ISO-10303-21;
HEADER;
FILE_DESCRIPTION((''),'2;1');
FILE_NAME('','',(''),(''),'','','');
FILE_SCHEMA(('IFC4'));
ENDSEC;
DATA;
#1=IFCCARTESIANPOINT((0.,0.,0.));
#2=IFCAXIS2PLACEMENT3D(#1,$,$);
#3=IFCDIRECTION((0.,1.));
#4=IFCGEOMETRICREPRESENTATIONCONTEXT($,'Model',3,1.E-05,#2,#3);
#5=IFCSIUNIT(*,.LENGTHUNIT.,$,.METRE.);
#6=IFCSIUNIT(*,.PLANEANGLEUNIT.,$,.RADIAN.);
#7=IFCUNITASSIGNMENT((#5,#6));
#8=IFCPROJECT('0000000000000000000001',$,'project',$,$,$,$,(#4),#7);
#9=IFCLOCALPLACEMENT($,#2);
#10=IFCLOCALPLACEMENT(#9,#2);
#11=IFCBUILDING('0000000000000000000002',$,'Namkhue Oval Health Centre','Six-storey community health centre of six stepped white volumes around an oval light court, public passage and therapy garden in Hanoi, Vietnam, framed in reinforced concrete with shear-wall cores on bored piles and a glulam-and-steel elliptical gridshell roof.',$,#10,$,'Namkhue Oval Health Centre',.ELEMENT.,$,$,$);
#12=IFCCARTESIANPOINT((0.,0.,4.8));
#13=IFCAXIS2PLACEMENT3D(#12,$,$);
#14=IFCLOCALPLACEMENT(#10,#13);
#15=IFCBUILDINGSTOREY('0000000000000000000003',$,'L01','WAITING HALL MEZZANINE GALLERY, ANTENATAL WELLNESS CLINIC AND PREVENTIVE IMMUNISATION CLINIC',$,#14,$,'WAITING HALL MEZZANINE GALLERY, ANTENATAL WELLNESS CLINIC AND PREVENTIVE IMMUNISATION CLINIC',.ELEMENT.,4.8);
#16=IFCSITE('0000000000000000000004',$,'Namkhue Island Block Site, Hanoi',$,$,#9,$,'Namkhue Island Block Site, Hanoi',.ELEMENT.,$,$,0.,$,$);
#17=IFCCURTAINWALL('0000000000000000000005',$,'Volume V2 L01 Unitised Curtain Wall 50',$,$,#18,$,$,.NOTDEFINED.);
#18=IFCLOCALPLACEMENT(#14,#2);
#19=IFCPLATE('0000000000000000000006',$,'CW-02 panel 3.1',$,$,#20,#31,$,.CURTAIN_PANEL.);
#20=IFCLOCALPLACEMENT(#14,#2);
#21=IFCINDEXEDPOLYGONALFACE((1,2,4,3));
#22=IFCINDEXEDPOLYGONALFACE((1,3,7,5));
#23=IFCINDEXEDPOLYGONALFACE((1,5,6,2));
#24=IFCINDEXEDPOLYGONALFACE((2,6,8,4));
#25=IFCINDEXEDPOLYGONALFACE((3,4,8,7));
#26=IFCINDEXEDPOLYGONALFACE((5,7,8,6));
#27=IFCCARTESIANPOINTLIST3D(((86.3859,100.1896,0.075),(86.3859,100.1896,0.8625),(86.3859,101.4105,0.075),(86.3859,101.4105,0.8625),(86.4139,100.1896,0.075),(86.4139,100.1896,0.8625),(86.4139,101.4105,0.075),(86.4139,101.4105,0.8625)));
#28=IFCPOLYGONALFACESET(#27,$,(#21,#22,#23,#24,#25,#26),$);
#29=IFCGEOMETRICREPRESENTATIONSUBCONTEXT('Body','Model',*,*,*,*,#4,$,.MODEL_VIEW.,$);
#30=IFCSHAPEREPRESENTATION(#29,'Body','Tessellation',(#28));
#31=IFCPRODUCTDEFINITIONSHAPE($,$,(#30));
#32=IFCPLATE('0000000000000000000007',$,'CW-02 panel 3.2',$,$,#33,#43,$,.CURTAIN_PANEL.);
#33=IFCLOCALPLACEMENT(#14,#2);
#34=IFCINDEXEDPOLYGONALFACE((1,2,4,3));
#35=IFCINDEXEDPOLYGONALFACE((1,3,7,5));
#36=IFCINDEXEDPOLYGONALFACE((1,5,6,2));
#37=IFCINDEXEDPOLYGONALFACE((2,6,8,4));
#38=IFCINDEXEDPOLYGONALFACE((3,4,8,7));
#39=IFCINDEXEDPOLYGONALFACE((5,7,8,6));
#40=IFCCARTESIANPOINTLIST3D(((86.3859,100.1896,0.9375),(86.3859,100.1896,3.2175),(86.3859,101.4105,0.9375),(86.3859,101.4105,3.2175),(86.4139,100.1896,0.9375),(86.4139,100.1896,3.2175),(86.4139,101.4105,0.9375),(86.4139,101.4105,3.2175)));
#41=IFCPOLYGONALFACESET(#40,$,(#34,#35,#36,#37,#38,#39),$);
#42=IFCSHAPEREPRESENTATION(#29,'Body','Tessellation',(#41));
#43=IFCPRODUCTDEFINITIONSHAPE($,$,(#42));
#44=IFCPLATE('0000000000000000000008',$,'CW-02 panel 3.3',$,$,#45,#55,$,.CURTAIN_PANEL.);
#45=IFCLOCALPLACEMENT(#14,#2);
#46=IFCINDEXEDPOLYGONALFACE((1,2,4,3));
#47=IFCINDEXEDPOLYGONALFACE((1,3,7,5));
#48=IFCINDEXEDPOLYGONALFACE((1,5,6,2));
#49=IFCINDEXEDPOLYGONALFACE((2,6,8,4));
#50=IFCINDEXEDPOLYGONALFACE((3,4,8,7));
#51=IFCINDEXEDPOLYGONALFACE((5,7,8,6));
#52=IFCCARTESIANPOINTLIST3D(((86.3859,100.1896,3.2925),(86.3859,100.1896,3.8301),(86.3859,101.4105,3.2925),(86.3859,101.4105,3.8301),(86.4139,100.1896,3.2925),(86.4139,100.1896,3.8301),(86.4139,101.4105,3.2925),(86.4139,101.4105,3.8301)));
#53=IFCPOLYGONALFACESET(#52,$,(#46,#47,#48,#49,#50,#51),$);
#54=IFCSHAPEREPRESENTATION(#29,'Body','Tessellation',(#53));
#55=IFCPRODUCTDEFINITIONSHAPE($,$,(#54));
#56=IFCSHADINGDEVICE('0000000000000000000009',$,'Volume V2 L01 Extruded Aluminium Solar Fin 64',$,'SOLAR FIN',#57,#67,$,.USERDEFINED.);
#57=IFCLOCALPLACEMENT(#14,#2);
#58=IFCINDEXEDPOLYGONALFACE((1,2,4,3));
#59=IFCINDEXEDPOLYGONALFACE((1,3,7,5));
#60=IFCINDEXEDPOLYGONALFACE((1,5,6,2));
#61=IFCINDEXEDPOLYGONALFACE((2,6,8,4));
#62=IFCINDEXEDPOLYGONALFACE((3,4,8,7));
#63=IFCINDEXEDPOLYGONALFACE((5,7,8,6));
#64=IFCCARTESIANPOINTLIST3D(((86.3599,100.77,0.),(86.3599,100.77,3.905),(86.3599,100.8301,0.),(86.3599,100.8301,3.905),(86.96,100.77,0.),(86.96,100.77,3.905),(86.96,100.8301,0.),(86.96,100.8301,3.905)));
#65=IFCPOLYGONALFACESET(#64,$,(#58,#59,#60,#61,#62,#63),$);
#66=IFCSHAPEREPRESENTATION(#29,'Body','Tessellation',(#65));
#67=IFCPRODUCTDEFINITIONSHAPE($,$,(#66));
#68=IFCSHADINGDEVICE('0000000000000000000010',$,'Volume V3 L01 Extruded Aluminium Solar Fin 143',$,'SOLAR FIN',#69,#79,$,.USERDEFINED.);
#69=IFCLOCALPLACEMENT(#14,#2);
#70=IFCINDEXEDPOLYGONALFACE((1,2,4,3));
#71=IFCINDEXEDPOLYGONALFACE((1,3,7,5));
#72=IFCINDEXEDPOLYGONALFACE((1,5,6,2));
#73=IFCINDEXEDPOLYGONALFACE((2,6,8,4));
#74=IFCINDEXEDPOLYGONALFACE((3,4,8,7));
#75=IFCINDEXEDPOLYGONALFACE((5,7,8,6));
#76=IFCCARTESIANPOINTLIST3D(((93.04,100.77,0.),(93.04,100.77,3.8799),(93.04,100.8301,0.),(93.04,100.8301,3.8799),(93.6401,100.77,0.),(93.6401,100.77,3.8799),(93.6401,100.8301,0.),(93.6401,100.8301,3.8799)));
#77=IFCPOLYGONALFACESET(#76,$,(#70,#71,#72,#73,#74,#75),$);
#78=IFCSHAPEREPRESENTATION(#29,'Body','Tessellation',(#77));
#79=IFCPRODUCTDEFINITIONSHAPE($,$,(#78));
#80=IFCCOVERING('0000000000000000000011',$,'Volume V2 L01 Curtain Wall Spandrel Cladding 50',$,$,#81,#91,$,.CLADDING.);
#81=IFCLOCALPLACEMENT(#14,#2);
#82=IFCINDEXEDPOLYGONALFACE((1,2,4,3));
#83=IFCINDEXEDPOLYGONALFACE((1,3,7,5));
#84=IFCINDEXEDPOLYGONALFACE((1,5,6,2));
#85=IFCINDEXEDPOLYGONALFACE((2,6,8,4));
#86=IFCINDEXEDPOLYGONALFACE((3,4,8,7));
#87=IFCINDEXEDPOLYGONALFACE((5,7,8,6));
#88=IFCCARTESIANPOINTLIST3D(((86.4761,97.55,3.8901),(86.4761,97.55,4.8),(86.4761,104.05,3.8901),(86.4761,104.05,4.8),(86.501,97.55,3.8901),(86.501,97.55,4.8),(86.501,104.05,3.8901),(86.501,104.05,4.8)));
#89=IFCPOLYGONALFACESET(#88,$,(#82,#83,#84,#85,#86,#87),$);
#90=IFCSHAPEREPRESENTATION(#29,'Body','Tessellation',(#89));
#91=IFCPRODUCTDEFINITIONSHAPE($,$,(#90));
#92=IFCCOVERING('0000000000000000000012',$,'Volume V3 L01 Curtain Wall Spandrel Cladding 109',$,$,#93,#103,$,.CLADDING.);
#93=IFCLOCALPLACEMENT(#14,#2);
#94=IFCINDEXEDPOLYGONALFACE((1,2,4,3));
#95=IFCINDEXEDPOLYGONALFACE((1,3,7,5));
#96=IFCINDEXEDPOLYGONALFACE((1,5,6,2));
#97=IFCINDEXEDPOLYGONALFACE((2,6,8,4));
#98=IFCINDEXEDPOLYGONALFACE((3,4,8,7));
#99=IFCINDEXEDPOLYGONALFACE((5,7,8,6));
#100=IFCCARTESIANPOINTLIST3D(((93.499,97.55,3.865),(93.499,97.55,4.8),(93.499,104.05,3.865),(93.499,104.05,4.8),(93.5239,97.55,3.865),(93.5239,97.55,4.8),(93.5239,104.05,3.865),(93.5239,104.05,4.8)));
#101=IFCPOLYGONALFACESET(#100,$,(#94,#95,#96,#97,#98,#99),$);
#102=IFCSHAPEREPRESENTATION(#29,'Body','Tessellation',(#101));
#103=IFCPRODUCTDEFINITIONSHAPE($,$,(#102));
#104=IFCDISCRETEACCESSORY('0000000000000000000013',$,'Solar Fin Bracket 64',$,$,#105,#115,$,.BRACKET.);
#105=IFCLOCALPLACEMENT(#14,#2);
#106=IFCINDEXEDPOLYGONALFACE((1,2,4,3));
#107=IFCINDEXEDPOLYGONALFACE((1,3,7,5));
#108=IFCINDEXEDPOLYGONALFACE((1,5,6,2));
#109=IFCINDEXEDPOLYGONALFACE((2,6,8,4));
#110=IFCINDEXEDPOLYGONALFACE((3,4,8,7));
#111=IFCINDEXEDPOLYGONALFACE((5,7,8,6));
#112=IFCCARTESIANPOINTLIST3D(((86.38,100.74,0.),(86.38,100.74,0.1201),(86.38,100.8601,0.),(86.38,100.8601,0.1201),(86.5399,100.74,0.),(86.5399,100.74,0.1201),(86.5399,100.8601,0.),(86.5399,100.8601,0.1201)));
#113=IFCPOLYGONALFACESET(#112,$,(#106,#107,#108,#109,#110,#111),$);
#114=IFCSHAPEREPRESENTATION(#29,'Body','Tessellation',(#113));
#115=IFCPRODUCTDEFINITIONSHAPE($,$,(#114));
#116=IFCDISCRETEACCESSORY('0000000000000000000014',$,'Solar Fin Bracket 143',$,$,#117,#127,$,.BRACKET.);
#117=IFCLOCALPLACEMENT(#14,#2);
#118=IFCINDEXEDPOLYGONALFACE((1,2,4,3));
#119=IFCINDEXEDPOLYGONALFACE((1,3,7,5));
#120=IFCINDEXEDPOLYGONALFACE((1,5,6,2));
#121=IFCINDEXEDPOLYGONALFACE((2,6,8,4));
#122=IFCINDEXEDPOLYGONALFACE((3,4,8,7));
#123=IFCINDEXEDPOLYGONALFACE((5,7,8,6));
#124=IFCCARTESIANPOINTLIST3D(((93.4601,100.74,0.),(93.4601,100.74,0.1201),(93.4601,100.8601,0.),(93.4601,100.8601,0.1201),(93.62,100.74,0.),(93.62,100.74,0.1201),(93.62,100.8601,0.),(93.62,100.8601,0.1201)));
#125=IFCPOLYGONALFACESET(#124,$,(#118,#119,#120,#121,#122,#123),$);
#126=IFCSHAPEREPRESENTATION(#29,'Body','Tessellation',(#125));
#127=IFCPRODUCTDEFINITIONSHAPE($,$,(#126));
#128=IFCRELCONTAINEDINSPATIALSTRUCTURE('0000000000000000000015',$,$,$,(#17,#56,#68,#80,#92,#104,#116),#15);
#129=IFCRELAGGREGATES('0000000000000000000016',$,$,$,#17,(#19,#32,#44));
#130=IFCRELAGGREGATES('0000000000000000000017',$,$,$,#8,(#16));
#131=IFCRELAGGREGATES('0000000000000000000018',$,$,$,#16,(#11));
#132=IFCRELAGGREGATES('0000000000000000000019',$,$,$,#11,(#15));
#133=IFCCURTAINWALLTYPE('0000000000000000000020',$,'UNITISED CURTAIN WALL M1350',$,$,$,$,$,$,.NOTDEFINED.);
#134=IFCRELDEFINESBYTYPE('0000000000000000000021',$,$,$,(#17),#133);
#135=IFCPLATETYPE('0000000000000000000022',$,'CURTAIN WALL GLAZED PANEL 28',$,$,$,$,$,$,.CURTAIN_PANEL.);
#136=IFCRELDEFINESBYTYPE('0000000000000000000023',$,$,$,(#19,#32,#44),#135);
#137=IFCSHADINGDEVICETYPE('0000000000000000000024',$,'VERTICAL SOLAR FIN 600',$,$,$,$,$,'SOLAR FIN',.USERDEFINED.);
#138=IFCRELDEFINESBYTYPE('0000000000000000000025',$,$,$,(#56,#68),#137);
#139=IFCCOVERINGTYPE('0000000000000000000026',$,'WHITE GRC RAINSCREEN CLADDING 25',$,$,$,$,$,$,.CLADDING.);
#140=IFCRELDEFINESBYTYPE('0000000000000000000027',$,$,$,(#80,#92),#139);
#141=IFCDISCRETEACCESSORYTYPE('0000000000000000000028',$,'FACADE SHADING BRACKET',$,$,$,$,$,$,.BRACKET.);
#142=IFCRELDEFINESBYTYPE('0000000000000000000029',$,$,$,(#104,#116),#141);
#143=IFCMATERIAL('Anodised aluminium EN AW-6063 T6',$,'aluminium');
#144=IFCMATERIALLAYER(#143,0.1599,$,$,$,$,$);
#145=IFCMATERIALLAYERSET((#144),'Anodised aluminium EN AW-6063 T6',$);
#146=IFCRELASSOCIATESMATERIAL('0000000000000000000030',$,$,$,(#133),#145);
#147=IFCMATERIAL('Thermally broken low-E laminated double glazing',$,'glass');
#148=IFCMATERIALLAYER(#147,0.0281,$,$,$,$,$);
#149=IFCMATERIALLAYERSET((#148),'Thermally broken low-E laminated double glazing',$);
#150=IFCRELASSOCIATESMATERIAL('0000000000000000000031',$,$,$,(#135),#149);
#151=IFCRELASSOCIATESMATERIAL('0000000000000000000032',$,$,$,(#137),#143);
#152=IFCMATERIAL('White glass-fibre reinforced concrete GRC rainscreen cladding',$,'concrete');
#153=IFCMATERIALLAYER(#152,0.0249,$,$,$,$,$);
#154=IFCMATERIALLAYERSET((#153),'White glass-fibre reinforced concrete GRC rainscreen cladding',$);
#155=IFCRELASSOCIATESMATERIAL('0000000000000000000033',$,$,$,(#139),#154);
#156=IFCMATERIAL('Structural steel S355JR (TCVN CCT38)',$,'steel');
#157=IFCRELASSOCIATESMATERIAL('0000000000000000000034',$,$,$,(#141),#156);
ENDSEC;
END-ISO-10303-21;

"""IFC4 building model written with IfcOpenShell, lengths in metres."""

from ifc_helpers import new_model, si_unit, direction, frame, origin, origin_2d, place, context, subcontext, project, spatial, rectangle, extrude, material, layer, layer_set, type_object, element, aggregate, save


model = new_model("IFC4")

# Units and contexts
model_context = context("Model", 3, precision=1e-05, world=origin(), true_north=direction((0.0, 1.0)))
body_context = subcontext(model_context, "Body", "Model", "MODEL_VIEW")
ifc_project = project(units=[si_unit("LENGTHUNIT", "METRE"), si_unit("PLANEANGLEUNIT", "RADIAN")], contexts=[model_context])

# Site, building, storey
site_placement = place(None, origin())
site = spatial("IfcSite", under=ifc_project, at=site_placement, Name="Namkhue Island Block Site, Hanoi", LongName="Namkhue Island Block Site, Hanoi", CompositionType="ELEMENT", RefElevation=0.0)
building_placement = place(site_placement, origin())
building = spatial("IfcBuilding", under=site, at=building_placement, Name="Namkhue Oval Health Centre", Description="Six-storey community health centre of six stepped white volumes around an oval light court, public passage and therapy garden in Hanoi, Vietnam, framed in reinforced concrete with shear-wall cores on bored piles and a glulam-and-steel elliptical gridshell roof.", LongName="Namkhue Oval Health Centre", CompositionType="ELEMENT")
storey_placement = place(building_placement, frame((0.0, 0.0, 4.8)))
storey = spatial("IfcBuildingStorey", under=building, at=storey_placement, Name="L01", Description="WAITING HALL MEZZANINE GALLERY, ANTENATAL WELLNESS CLINIC AND PREVENTIVE IMMUNISATION CLINIC", LongName="WAITING HALL MEZZANINE GALLERY, ANTENATAL WELLNESS CLINIC AND PREVENTIVE IMMUNISATION CLINIC", CompositionType="ELEMENT", Elevation=4.8)

# Shared definitions
ifc_material_1 = material(Name="Anodised aluminium EN AW-6063 T6", Category="aluminium")

# Curtain wall
ifc_layer_1 = layer(ifc_material_1, 0.1599)
ifc_layer_set_1 = layer_set([ifc_layer_1], Name="Anodised aluminium EN AW-6063 T6")
curtain_wall_type_1 = type_object("IfcCurtainWallType", Name="UNITISED CURTAIN WALL M1350", PredefinedType="NOTDEFINED", material=ifc_layer_set_1)
curtain_wall_1_placement = place(storey_placement, origin())
curtain_wall_1 = element("IfcCurtainWall", 1, at=curtain_wall_1_placement, inside=storey, type_object=curtain_wall_type_1, Name="Volume V2 L01 Unitised Curtain Wall 50", PredefinedType="NOTDEFINED")

# Plates
ifc_material_2 = material(Name="Thermally broken low-E laminated double glazing", Category="glass")
ifc_layer_2 = layer(ifc_material_2, 0.0281)
ifc_layer_set_2 = layer_set([ifc_layer_2], Name="Thermally broken low-E laminated double glazing")
plate_type_1 = type_object("IfcPlateType", Name="CURTAIN WALL GLAZED PANEL 28", PredefinedType="CURTAIN_PANEL", material=ifc_layer_set_2)
plate_1_placement = place(storey_placement, frame((86.3999, 100.8, 0.075), z_axis=(0.0, 0.0, 1.0), x_axis=(0.0, 1.0, 0.0)))
plate_1 = element("IfcPlate", 2, at=plate_1_placement, type_object=plate_type_1, Name="CW-02 panel 3.1", PredefinedType="CURTAIN_PANEL", context=body_context, shape_type="SweptSolid", body=[
    extrude(rectangle(XDim=1.2209, YDim=0.0281, at=origin_2d()), origin(), (0.0, 0.0, 1.0), 0.7876),
])
plate_2_placement = place(storey_placement, frame((86.3999, 100.8, 0.9375), z_axis=(0.0, 0.0, 1.0), x_axis=(0.0, 1.0, 0.0)))
plate_2 = element("IfcPlate", 3, at=plate_2_placement, type_object=plate_type_1, Name="CW-02 panel 3.2", PredefinedType="CURTAIN_PANEL", context=body_context, shape_type="SweptSolid", body=[
    extrude(rectangle(XDim=1.2209, YDim=0.0281, at=origin_2d()), origin(), (0.0, 0.0, 1.0), 2.28),
])
plate_3_placement = place(storey_placement, frame((86.3999, 100.8, 3.2925), z_axis=(0.0, 0.0, 1.0), x_axis=(0.0, 1.0, 0.0)))
plate_3 = element("IfcPlate", 4, at=plate_3_placement, type_object=plate_type_1, Name="CW-02 panel 3.3", PredefinedType="CURTAIN_PANEL", context=body_context, shape_type="SweptSolid", body=[
    extrude(rectangle(XDim=1.2209, YDim=0.0281, at=origin_2d()), origin(), (0.0, 0.0, 1.0), 0.5376),
])
aggregate(curtain_wall_1, [plate_1, plate_2, plate_3])

# Shading devices
shading_device_type = type_object("IfcShadingDeviceType", Name="VERTICAL SOLAR FIN 600", ElementType="SOLAR FIN", PredefinedType="USERDEFINED", material=ifc_material_1)
shading_device_1_placement = place(storey_placement, frame((86.6599, 100.8, 0.0), z_axis=(0.0, 0.0, 1.0), x_axis=(1.0, 0.0, 0.0)))
element("IfcShadingDevice", 5, at=shading_device_1_placement, inside=storey, type_object=shading_device_type, Name="Volume V2 L01 Extruded Aluminium Solar Fin 64", ObjectType="SOLAR FIN", PredefinedType="USERDEFINED", context=body_context, shape_type="SweptSolid", body=[
    extrude(rectangle(XDim=0.6001, YDim=0.0601, at=origin_2d()), origin(), (0.0, 0.0, 1.0), 3.905),
])
shading_device_2_placement = place(storey_placement, frame((93.3401, 100.8, 0.0), z_axis=(0.0, 0.0, 1.0), x_axis=(-1.0, 0.0, 0.0)))
element("IfcShadingDevice", 6, at=shading_device_2_placement, inside=storey, type_object=shading_device_type, Name="Volume V3 L01 Extruded Aluminium Solar Fin 143", ObjectType="SOLAR FIN", PredefinedType="USERDEFINED", context=body_context, shape_type="SweptSolid", body=[
    extrude(rectangle(XDim=0.6001, YDim=0.0601, at=origin_2d()), origin(), (0.0, 0.0, 1.0), 3.8799),
])

# Coverings
ifc_material_3 = material(Name="White glass-fibre reinforced concrete GRC rainscreen cladding", Category="concrete")
ifc_layer_3 = layer(ifc_material_3, 0.0249)
ifc_layer_set_3 = layer_set([ifc_layer_3], Name="White glass-fibre reinforced concrete GRC rainscreen cladding")
covering_type = type_object("IfcCoveringType", Name="WHITE GRC RAINSCREEN CLADDING 25", PredefinedType="CLADDING", material=ifc_layer_set_3)
covering_1_placement = place(storey_placement, frame((86.4885, 100.8, 3.8901), z_axis=(0.0, 0.0, 1.0), x_axis=(0.0, 1.0, 0.0)))
element("IfcCovering", 7, at=covering_1_placement, inside=storey, type_object=covering_type, Name="Volume V2 L01 Curtain Wall Spandrel Cladding 50", PredefinedType="CLADDING", context=body_context, shape_type="SweptSolid", body=[
    extrude(rectangle(XDim=6.5, YDim=0.0249, at=origin_2d()), origin(), (0.0, 0.0, 1.0), 0.9099),
])
covering_2_placement = place(storey_placement, frame((93.5115, 100.8, 3.865), z_axis=(0.0, 0.0, 1.0), x_axis=(0.0, -1.0, 0.0)))
element("IfcCovering", 8, at=covering_2_placement, inside=storey, type_object=covering_type, Name="Volume V3 L01 Curtain Wall Spandrel Cladding 109", PredefinedType="CLADDING", context=body_context, shape_type="SweptSolid", body=[
    extrude(rectangle(XDim=6.5, YDim=0.0249, at=origin_2d()), origin(), (0.0, 0.0, 1.0), 0.9351),
])

# Discrete accessories
ifc_material_4 = material(Name="Structural steel S355JR (TCVN CCT38)", Category="steel")
discrete_accessory_type = type_object("IfcDiscreteAccessoryType", Name="FACADE SHADING BRACKET", PredefinedType="BRACKET", material=ifc_material_4)
for number, where, z_axis, x_axis, name in (
    (9, (86.46, 100.8, 0.0), (0.0, 0.0, 1.0), (1.0, 0.0, 0.0), "Solar Fin Bracket 64"),
    (10, (93.54, 100.8, 0.0), (0.0, 0.0, 1.0), (-1.0, 0.0, 0.0), "Solar Fin Bracket 143"),
):
    element("IfcDiscreteAccessory", number, at=place(storey_placement, frame(where, z_axis=z_axis, x_axis=x_axis)), inside=storey, type_object=discrete_accessory_type, Name=name, PredefinedType="BRACKET", context=body_context, shape_type="SweptSolid", body=[
        extrude(rectangle(XDim=0.1599, YDim=0.1201, at=origin_2d()), origin(), (0.0, 0.0, 1.0), 0.1201),
    ])

save(model, "model.ifc")
